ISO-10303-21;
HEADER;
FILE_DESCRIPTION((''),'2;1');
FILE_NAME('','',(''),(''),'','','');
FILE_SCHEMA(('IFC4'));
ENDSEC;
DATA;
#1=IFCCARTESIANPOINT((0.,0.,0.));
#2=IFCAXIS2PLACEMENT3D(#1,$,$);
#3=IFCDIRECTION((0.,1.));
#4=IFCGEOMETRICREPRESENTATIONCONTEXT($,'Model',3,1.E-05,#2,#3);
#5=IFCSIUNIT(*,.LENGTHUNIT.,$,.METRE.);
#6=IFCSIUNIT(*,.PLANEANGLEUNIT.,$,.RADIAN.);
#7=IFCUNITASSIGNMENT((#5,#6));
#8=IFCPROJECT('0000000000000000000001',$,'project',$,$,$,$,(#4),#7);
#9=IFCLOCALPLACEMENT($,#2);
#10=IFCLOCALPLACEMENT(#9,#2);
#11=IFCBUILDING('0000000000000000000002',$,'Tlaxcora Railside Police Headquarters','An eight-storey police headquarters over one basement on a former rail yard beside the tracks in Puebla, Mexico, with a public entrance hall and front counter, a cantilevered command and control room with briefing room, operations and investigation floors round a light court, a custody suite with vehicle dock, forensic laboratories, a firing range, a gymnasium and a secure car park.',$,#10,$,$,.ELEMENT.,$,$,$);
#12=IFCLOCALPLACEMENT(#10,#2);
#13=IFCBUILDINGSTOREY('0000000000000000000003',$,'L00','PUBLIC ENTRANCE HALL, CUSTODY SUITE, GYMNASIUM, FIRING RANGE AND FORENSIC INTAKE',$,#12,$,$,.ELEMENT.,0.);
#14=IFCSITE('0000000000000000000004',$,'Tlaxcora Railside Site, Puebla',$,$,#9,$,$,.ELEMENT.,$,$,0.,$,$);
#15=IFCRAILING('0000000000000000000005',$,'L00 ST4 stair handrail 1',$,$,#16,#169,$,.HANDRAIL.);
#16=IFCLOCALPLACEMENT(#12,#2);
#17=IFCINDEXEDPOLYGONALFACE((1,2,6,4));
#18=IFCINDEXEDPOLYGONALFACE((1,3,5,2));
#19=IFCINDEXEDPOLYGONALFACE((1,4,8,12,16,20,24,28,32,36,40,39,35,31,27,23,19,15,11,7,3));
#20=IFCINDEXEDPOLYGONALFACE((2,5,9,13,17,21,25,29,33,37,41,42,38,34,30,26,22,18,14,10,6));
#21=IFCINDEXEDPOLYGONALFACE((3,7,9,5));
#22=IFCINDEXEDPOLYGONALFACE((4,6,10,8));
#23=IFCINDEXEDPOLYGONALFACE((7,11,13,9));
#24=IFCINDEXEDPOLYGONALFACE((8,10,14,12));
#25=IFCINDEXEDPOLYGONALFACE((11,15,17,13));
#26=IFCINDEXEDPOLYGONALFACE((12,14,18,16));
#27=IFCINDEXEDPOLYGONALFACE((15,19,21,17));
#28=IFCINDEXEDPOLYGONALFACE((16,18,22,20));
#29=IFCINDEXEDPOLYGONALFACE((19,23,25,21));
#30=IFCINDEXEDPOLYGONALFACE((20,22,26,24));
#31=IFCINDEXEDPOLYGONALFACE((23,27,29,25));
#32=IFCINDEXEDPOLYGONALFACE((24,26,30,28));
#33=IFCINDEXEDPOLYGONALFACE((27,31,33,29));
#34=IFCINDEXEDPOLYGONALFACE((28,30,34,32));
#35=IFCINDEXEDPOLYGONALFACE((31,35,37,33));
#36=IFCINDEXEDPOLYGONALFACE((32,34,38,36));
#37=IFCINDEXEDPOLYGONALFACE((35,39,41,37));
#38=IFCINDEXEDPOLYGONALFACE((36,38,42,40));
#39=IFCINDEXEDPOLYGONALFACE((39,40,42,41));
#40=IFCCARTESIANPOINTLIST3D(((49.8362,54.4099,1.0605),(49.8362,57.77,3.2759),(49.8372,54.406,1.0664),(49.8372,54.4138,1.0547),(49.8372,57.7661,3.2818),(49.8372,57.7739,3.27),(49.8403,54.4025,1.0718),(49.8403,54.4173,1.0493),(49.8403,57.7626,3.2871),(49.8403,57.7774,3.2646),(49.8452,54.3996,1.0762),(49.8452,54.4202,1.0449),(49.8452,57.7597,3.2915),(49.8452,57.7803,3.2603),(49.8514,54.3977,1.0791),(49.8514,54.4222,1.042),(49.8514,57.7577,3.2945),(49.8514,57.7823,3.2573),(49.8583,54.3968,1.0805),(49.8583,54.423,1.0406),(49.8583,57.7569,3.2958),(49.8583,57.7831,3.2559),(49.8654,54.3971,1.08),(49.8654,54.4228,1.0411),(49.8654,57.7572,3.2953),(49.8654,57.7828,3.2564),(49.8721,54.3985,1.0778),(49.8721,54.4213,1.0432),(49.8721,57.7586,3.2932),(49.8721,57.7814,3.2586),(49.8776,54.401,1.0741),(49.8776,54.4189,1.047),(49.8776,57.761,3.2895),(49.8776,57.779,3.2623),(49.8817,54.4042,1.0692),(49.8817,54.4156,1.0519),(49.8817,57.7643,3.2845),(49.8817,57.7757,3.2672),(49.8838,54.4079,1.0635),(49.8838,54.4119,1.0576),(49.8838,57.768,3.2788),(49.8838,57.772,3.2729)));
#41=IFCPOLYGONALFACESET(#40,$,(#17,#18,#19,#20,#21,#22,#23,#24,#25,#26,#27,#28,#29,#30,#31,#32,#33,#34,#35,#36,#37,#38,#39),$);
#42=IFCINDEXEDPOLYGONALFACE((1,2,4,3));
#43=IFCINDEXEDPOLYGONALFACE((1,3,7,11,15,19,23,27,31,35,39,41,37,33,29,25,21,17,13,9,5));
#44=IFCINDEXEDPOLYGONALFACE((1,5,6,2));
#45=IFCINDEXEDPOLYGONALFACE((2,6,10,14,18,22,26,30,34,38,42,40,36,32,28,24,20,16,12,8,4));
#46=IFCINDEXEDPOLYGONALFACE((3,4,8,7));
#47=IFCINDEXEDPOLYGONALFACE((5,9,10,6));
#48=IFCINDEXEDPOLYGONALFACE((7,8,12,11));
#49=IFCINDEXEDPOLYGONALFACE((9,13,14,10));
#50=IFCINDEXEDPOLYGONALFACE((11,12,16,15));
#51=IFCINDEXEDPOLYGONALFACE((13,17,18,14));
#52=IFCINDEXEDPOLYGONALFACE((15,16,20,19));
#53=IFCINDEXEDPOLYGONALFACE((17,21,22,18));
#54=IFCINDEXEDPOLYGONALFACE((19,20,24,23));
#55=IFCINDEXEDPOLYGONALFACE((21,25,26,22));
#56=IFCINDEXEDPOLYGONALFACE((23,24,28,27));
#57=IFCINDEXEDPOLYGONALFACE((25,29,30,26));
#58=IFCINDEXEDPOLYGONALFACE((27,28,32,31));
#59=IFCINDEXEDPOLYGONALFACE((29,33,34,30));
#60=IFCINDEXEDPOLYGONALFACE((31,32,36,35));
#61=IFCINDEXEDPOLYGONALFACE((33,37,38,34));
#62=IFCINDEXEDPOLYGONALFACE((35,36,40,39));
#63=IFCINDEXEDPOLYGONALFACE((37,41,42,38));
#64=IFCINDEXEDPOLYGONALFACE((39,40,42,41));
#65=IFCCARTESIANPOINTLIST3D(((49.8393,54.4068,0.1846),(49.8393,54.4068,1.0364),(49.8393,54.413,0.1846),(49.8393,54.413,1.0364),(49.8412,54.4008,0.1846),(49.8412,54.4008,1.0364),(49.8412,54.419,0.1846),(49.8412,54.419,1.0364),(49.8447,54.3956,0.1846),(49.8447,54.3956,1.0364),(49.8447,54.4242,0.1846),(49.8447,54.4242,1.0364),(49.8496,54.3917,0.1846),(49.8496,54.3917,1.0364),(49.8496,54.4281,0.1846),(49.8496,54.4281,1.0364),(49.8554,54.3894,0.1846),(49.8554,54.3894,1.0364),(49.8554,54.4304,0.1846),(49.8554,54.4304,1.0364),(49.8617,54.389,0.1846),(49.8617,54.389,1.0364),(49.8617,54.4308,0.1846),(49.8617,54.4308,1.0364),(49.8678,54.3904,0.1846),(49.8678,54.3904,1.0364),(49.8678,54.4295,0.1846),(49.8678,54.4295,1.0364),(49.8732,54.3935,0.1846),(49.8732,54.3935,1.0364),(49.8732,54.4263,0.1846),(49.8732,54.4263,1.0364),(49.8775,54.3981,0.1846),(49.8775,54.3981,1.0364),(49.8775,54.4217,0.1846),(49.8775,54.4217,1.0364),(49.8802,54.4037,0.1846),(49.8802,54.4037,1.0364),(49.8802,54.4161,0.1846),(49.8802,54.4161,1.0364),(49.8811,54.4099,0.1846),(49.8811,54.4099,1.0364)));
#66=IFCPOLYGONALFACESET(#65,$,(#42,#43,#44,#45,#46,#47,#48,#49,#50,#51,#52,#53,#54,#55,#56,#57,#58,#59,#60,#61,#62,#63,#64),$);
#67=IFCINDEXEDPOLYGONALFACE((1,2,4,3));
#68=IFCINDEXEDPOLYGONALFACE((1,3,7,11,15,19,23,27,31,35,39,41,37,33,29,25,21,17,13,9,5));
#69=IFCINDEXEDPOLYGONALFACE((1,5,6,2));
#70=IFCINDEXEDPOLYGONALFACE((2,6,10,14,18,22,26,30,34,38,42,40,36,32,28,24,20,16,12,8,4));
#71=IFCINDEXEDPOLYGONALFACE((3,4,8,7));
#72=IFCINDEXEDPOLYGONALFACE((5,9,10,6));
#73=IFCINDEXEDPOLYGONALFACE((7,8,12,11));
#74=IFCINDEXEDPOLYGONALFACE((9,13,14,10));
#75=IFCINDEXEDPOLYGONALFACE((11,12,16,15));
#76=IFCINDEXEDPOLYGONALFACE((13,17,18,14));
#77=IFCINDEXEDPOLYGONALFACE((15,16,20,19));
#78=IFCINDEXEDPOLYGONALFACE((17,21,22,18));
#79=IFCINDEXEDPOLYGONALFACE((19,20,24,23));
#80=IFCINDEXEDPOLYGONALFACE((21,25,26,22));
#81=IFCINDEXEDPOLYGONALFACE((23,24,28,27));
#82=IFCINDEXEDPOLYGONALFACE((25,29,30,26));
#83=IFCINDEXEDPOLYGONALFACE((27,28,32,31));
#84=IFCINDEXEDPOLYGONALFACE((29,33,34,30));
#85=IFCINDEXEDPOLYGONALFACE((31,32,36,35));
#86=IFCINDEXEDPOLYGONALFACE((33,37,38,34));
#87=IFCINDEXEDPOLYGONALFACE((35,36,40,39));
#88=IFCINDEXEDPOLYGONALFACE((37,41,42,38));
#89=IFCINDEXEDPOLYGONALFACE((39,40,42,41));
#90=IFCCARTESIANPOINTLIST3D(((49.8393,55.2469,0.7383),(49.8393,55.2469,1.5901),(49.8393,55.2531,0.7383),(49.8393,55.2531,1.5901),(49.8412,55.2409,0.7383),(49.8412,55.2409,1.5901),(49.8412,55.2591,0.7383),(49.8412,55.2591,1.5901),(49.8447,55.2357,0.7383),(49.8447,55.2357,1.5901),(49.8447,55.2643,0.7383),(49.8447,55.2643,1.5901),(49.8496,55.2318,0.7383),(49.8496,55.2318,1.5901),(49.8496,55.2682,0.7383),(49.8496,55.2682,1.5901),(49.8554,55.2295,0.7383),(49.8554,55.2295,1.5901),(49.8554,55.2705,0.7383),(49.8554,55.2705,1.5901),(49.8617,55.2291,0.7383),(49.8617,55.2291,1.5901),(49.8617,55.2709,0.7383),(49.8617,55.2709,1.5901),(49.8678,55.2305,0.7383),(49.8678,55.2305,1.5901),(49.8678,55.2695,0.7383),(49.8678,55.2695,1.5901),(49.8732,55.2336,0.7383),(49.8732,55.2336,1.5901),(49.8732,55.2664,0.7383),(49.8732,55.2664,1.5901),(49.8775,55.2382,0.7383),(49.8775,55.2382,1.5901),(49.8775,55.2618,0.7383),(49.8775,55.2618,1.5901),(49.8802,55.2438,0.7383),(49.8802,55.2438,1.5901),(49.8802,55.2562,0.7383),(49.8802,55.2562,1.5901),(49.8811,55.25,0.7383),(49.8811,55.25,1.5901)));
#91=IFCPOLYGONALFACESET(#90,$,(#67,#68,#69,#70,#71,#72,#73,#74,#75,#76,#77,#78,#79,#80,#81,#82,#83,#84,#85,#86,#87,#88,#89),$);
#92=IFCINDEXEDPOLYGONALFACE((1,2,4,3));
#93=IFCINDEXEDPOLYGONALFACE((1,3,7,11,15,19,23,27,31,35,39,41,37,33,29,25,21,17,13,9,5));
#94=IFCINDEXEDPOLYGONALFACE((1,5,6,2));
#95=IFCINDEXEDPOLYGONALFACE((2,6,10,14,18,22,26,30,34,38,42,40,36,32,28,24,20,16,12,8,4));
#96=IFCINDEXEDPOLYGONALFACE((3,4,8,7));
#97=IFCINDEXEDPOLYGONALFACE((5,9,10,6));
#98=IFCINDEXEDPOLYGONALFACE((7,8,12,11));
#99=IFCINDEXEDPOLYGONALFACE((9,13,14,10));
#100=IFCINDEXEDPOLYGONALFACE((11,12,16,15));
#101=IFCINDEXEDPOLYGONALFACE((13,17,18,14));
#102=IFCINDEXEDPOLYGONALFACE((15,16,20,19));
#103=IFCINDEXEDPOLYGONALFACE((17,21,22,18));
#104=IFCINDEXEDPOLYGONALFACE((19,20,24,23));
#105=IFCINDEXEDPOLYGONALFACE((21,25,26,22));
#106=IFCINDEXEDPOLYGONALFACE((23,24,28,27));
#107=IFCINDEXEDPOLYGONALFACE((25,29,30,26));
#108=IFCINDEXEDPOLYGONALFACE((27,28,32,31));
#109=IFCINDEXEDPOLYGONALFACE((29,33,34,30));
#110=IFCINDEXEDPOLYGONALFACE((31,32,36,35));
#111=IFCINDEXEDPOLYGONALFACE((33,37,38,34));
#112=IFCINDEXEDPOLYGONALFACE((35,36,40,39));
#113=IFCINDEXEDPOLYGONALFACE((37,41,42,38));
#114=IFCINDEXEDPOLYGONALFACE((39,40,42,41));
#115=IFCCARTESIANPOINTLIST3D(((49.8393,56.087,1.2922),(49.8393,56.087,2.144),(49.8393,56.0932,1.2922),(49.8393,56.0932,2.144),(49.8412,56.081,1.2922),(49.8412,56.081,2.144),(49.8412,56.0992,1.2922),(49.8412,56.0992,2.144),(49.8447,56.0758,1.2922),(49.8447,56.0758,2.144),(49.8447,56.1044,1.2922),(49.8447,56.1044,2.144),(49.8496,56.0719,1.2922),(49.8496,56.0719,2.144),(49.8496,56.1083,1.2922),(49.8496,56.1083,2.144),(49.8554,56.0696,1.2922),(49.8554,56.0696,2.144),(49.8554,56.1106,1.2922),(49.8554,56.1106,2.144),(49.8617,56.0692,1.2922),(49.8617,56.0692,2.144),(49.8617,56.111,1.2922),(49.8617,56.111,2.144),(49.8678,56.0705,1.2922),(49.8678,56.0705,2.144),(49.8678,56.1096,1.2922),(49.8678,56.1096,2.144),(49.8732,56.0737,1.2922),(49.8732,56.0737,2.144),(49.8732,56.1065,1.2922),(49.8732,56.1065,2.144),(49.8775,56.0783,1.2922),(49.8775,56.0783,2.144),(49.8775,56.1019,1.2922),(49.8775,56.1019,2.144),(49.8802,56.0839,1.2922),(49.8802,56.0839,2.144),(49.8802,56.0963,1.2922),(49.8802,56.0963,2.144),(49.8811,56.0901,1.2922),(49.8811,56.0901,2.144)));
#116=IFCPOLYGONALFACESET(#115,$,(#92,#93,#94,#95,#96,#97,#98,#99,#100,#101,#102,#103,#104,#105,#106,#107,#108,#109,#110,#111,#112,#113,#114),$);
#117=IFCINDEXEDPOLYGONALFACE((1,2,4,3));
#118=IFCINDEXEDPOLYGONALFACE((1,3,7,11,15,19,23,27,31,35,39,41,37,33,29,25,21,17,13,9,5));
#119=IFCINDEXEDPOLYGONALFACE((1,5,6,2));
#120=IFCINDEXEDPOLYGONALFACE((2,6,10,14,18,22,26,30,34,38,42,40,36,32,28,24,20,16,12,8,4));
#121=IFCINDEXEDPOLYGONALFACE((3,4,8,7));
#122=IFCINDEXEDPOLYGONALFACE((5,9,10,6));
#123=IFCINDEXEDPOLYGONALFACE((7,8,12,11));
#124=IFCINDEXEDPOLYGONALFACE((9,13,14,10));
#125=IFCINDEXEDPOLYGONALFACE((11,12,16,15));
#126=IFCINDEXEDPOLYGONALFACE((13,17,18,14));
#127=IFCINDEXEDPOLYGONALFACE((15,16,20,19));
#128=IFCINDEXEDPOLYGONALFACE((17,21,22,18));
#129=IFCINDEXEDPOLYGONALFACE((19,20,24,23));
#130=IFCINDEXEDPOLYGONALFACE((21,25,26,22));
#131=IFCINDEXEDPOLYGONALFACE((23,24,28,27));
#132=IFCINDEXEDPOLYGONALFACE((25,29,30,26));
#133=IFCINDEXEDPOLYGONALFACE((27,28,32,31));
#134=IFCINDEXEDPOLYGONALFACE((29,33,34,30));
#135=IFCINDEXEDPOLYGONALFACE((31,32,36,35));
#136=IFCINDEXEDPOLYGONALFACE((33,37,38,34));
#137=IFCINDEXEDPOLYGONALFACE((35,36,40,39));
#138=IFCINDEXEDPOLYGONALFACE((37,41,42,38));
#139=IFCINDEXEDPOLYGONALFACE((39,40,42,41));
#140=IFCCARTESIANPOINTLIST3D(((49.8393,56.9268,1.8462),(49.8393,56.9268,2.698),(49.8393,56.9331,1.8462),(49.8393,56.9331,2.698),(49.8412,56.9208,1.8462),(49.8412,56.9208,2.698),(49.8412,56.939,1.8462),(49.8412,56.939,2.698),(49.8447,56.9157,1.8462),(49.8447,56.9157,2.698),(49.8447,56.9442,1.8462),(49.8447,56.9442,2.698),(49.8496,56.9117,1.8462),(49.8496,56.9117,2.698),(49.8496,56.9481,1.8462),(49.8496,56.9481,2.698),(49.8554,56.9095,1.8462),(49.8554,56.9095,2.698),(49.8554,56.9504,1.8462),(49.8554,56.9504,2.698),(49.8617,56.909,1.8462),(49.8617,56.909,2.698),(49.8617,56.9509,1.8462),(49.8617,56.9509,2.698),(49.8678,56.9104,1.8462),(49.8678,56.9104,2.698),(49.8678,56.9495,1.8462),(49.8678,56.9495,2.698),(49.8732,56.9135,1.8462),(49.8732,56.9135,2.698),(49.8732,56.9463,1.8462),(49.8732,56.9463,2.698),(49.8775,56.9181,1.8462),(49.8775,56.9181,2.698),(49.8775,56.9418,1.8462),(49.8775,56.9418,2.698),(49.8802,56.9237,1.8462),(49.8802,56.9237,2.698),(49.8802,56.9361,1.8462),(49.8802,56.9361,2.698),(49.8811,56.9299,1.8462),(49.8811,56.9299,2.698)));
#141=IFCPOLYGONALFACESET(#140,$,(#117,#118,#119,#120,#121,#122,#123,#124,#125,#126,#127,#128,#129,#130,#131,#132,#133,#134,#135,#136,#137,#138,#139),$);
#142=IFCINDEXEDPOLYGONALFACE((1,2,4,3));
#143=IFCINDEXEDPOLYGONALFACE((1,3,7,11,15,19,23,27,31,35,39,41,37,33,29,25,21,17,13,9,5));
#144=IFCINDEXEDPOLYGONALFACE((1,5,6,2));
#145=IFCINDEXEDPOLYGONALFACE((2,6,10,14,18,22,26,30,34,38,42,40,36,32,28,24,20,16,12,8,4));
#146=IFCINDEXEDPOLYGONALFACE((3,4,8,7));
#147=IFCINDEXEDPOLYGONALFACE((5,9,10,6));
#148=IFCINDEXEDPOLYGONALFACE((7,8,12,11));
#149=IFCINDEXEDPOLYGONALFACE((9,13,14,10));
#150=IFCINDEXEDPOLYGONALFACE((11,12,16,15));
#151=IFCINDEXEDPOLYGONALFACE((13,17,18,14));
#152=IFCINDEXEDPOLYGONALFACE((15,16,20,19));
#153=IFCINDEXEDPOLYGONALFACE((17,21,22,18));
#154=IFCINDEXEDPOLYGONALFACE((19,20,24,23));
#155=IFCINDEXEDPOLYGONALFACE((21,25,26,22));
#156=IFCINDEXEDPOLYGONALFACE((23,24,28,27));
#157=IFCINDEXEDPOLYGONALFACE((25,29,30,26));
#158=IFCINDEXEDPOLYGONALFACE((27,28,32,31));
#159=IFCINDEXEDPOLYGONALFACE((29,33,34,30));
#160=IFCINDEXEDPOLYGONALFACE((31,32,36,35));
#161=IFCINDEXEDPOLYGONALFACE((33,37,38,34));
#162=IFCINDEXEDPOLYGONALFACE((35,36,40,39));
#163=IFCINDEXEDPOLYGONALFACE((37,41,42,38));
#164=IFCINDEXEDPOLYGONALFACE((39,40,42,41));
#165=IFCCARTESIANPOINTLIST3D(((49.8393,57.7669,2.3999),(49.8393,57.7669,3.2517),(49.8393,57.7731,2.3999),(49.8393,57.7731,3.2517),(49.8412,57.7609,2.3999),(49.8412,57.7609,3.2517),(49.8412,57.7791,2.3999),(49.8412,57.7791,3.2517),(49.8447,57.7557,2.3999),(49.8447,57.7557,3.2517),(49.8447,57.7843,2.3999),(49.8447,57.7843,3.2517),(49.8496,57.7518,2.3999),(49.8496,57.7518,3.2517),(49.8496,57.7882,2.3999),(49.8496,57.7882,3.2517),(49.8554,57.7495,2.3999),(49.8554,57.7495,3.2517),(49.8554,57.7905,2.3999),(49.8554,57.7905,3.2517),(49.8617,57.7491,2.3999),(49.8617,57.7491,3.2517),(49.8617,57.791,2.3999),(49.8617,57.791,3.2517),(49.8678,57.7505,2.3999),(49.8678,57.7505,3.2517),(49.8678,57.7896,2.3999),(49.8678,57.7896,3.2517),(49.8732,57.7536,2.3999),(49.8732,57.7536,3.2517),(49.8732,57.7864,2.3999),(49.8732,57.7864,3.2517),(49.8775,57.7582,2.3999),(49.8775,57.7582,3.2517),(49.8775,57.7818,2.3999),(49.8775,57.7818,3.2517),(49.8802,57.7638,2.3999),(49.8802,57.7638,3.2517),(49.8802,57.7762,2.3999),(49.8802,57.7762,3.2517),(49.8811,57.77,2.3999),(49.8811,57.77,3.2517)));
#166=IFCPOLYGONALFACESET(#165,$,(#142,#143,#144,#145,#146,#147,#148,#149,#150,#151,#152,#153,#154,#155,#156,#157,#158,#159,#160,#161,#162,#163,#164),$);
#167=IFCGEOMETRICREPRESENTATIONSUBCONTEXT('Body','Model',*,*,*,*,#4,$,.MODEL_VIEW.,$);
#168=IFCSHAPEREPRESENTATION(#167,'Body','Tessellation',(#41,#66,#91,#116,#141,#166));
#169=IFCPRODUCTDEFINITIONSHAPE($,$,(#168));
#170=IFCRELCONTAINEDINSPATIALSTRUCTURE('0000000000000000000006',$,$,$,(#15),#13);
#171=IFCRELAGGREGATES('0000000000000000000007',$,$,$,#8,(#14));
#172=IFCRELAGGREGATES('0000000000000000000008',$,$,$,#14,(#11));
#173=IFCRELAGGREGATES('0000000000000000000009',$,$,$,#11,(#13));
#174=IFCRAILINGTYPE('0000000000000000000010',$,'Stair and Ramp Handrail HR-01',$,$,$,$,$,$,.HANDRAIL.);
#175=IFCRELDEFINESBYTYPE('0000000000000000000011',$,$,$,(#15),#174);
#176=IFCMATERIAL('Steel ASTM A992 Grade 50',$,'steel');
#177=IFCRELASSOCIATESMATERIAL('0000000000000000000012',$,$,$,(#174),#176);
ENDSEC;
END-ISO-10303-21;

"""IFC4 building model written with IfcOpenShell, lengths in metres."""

from ifc_helpers import new_model, si_unit, direction, frame, origin, origin_2d, place, context, subcontext, project, spatial, circle, extrude, material, type_object, element, save


model = new_model("IFC4")

# Units and contexts
model_context = context("Model", 3, precision=1e-05, world=origin(), true_north=direction((0.0, 1.0)))
body_context = subcontext(model_context, "Body", "Model", "MODEL_VIEW")
ifc_project = project(units=[si_unit("LENGTHUNIT", "METRE"), si_unit("PLANEANGLEUNIT", "RADIAN")], contexts=[model_context])

# Site, building, storey
site_placement = place(None, origin())
site = spatial("IfcSite", under=ifc_project, at=site_placement, Name="Tlaxcora Railside Site, Puebla", CompositionType="ELEMENT", RefElevation=0.0)
building_placement = place(site_placement, origin())
building = spatial("IfcBuilding", under=site, at=building_placement, Name="Tlaxcora Railside Police Headquarters", Description="An eight-storey police headquarters over one basement on a former rail yard beside the tracks in Puebla, Mexico, with a public entrance hall and front counter, a cantilevered command and control room with briefing room, operations and investigation floors round a light court, a custody suite with vehicle dock, forensic laboratories, a firing range, a gymnasium and a secure car park.", CompositionType="ELEMENT")
storey_placement = place(building_placement, origin())
storey = spatial("IfcBuildingStorey", under=building, at=storey_placement, Name="L00", Description="PUBLIC ENTRANCE HALL, CUSTODY SUITE, GYMNASIUM, FIRING RANGE AND FORENSIC INTAKE", CompositionType="ELEMENT", Elevation=0.0)

# Shared definitions
ifc_material_1 = material(Name="Steel ASTM A992 Grade 50", Category="steel")

# Railing
railing_type_1 = type_object("IfcRailingType", Name="Stair and Ramp Handrail HR-01", PredefinedType="HANDRAIL", material=ifc_material_1)
railing_1_placement = place(storey_placement, frame((49.8601, 54.4099, 0.1846)))
element("IfcRailing", 1, at=railing_1_placement, inside=storey, type_object=railing_type_1, Name="L00 ST4 stair handrail 1", PredefinedType="HANDRAIL", context=body_context, shape_type="SweptSolid", body=[
    extrude(circle(Radius=0.0239, at=origin_2d()), frame((0.0, 0.0, 0.876), z_axis=(0.0, 0.834876, 0.550437), x_axis=(-1.0, 0.0, 0.0)), (0.0, 0.0, 1.0), 4.0247),
    extrude(circle(Radius=0.021, at=origin_2d()), origin(), (0.0, 0.0, 1.0), 0.8518),
    extrude(circle(Radius=0.021, at=origin_2d()), frame((0.0, 0.8401, 0.5537)), (0.0, 0.0, 1.0), 0.8518),
    extrude(circle(Radius=0.021, at=origin_2d()), frame((0.0, 1.6802, 1.1077)), (0.0, 0.0, 1.0), 0.8518),
    extrude(circle(Radius=0.021, at=origin_2d()), frame((0.0, 2.52, 1.6616)), (0.0, 0.0, 1.0), 0.8518),
    extrude(circle(Radius=0.021, at=origin_2d()), frame((0.0, 3.3601, 2.2153)), (0.0, 0.0, 1.0), 0.8518),
])

save(model, "model.ifc")
